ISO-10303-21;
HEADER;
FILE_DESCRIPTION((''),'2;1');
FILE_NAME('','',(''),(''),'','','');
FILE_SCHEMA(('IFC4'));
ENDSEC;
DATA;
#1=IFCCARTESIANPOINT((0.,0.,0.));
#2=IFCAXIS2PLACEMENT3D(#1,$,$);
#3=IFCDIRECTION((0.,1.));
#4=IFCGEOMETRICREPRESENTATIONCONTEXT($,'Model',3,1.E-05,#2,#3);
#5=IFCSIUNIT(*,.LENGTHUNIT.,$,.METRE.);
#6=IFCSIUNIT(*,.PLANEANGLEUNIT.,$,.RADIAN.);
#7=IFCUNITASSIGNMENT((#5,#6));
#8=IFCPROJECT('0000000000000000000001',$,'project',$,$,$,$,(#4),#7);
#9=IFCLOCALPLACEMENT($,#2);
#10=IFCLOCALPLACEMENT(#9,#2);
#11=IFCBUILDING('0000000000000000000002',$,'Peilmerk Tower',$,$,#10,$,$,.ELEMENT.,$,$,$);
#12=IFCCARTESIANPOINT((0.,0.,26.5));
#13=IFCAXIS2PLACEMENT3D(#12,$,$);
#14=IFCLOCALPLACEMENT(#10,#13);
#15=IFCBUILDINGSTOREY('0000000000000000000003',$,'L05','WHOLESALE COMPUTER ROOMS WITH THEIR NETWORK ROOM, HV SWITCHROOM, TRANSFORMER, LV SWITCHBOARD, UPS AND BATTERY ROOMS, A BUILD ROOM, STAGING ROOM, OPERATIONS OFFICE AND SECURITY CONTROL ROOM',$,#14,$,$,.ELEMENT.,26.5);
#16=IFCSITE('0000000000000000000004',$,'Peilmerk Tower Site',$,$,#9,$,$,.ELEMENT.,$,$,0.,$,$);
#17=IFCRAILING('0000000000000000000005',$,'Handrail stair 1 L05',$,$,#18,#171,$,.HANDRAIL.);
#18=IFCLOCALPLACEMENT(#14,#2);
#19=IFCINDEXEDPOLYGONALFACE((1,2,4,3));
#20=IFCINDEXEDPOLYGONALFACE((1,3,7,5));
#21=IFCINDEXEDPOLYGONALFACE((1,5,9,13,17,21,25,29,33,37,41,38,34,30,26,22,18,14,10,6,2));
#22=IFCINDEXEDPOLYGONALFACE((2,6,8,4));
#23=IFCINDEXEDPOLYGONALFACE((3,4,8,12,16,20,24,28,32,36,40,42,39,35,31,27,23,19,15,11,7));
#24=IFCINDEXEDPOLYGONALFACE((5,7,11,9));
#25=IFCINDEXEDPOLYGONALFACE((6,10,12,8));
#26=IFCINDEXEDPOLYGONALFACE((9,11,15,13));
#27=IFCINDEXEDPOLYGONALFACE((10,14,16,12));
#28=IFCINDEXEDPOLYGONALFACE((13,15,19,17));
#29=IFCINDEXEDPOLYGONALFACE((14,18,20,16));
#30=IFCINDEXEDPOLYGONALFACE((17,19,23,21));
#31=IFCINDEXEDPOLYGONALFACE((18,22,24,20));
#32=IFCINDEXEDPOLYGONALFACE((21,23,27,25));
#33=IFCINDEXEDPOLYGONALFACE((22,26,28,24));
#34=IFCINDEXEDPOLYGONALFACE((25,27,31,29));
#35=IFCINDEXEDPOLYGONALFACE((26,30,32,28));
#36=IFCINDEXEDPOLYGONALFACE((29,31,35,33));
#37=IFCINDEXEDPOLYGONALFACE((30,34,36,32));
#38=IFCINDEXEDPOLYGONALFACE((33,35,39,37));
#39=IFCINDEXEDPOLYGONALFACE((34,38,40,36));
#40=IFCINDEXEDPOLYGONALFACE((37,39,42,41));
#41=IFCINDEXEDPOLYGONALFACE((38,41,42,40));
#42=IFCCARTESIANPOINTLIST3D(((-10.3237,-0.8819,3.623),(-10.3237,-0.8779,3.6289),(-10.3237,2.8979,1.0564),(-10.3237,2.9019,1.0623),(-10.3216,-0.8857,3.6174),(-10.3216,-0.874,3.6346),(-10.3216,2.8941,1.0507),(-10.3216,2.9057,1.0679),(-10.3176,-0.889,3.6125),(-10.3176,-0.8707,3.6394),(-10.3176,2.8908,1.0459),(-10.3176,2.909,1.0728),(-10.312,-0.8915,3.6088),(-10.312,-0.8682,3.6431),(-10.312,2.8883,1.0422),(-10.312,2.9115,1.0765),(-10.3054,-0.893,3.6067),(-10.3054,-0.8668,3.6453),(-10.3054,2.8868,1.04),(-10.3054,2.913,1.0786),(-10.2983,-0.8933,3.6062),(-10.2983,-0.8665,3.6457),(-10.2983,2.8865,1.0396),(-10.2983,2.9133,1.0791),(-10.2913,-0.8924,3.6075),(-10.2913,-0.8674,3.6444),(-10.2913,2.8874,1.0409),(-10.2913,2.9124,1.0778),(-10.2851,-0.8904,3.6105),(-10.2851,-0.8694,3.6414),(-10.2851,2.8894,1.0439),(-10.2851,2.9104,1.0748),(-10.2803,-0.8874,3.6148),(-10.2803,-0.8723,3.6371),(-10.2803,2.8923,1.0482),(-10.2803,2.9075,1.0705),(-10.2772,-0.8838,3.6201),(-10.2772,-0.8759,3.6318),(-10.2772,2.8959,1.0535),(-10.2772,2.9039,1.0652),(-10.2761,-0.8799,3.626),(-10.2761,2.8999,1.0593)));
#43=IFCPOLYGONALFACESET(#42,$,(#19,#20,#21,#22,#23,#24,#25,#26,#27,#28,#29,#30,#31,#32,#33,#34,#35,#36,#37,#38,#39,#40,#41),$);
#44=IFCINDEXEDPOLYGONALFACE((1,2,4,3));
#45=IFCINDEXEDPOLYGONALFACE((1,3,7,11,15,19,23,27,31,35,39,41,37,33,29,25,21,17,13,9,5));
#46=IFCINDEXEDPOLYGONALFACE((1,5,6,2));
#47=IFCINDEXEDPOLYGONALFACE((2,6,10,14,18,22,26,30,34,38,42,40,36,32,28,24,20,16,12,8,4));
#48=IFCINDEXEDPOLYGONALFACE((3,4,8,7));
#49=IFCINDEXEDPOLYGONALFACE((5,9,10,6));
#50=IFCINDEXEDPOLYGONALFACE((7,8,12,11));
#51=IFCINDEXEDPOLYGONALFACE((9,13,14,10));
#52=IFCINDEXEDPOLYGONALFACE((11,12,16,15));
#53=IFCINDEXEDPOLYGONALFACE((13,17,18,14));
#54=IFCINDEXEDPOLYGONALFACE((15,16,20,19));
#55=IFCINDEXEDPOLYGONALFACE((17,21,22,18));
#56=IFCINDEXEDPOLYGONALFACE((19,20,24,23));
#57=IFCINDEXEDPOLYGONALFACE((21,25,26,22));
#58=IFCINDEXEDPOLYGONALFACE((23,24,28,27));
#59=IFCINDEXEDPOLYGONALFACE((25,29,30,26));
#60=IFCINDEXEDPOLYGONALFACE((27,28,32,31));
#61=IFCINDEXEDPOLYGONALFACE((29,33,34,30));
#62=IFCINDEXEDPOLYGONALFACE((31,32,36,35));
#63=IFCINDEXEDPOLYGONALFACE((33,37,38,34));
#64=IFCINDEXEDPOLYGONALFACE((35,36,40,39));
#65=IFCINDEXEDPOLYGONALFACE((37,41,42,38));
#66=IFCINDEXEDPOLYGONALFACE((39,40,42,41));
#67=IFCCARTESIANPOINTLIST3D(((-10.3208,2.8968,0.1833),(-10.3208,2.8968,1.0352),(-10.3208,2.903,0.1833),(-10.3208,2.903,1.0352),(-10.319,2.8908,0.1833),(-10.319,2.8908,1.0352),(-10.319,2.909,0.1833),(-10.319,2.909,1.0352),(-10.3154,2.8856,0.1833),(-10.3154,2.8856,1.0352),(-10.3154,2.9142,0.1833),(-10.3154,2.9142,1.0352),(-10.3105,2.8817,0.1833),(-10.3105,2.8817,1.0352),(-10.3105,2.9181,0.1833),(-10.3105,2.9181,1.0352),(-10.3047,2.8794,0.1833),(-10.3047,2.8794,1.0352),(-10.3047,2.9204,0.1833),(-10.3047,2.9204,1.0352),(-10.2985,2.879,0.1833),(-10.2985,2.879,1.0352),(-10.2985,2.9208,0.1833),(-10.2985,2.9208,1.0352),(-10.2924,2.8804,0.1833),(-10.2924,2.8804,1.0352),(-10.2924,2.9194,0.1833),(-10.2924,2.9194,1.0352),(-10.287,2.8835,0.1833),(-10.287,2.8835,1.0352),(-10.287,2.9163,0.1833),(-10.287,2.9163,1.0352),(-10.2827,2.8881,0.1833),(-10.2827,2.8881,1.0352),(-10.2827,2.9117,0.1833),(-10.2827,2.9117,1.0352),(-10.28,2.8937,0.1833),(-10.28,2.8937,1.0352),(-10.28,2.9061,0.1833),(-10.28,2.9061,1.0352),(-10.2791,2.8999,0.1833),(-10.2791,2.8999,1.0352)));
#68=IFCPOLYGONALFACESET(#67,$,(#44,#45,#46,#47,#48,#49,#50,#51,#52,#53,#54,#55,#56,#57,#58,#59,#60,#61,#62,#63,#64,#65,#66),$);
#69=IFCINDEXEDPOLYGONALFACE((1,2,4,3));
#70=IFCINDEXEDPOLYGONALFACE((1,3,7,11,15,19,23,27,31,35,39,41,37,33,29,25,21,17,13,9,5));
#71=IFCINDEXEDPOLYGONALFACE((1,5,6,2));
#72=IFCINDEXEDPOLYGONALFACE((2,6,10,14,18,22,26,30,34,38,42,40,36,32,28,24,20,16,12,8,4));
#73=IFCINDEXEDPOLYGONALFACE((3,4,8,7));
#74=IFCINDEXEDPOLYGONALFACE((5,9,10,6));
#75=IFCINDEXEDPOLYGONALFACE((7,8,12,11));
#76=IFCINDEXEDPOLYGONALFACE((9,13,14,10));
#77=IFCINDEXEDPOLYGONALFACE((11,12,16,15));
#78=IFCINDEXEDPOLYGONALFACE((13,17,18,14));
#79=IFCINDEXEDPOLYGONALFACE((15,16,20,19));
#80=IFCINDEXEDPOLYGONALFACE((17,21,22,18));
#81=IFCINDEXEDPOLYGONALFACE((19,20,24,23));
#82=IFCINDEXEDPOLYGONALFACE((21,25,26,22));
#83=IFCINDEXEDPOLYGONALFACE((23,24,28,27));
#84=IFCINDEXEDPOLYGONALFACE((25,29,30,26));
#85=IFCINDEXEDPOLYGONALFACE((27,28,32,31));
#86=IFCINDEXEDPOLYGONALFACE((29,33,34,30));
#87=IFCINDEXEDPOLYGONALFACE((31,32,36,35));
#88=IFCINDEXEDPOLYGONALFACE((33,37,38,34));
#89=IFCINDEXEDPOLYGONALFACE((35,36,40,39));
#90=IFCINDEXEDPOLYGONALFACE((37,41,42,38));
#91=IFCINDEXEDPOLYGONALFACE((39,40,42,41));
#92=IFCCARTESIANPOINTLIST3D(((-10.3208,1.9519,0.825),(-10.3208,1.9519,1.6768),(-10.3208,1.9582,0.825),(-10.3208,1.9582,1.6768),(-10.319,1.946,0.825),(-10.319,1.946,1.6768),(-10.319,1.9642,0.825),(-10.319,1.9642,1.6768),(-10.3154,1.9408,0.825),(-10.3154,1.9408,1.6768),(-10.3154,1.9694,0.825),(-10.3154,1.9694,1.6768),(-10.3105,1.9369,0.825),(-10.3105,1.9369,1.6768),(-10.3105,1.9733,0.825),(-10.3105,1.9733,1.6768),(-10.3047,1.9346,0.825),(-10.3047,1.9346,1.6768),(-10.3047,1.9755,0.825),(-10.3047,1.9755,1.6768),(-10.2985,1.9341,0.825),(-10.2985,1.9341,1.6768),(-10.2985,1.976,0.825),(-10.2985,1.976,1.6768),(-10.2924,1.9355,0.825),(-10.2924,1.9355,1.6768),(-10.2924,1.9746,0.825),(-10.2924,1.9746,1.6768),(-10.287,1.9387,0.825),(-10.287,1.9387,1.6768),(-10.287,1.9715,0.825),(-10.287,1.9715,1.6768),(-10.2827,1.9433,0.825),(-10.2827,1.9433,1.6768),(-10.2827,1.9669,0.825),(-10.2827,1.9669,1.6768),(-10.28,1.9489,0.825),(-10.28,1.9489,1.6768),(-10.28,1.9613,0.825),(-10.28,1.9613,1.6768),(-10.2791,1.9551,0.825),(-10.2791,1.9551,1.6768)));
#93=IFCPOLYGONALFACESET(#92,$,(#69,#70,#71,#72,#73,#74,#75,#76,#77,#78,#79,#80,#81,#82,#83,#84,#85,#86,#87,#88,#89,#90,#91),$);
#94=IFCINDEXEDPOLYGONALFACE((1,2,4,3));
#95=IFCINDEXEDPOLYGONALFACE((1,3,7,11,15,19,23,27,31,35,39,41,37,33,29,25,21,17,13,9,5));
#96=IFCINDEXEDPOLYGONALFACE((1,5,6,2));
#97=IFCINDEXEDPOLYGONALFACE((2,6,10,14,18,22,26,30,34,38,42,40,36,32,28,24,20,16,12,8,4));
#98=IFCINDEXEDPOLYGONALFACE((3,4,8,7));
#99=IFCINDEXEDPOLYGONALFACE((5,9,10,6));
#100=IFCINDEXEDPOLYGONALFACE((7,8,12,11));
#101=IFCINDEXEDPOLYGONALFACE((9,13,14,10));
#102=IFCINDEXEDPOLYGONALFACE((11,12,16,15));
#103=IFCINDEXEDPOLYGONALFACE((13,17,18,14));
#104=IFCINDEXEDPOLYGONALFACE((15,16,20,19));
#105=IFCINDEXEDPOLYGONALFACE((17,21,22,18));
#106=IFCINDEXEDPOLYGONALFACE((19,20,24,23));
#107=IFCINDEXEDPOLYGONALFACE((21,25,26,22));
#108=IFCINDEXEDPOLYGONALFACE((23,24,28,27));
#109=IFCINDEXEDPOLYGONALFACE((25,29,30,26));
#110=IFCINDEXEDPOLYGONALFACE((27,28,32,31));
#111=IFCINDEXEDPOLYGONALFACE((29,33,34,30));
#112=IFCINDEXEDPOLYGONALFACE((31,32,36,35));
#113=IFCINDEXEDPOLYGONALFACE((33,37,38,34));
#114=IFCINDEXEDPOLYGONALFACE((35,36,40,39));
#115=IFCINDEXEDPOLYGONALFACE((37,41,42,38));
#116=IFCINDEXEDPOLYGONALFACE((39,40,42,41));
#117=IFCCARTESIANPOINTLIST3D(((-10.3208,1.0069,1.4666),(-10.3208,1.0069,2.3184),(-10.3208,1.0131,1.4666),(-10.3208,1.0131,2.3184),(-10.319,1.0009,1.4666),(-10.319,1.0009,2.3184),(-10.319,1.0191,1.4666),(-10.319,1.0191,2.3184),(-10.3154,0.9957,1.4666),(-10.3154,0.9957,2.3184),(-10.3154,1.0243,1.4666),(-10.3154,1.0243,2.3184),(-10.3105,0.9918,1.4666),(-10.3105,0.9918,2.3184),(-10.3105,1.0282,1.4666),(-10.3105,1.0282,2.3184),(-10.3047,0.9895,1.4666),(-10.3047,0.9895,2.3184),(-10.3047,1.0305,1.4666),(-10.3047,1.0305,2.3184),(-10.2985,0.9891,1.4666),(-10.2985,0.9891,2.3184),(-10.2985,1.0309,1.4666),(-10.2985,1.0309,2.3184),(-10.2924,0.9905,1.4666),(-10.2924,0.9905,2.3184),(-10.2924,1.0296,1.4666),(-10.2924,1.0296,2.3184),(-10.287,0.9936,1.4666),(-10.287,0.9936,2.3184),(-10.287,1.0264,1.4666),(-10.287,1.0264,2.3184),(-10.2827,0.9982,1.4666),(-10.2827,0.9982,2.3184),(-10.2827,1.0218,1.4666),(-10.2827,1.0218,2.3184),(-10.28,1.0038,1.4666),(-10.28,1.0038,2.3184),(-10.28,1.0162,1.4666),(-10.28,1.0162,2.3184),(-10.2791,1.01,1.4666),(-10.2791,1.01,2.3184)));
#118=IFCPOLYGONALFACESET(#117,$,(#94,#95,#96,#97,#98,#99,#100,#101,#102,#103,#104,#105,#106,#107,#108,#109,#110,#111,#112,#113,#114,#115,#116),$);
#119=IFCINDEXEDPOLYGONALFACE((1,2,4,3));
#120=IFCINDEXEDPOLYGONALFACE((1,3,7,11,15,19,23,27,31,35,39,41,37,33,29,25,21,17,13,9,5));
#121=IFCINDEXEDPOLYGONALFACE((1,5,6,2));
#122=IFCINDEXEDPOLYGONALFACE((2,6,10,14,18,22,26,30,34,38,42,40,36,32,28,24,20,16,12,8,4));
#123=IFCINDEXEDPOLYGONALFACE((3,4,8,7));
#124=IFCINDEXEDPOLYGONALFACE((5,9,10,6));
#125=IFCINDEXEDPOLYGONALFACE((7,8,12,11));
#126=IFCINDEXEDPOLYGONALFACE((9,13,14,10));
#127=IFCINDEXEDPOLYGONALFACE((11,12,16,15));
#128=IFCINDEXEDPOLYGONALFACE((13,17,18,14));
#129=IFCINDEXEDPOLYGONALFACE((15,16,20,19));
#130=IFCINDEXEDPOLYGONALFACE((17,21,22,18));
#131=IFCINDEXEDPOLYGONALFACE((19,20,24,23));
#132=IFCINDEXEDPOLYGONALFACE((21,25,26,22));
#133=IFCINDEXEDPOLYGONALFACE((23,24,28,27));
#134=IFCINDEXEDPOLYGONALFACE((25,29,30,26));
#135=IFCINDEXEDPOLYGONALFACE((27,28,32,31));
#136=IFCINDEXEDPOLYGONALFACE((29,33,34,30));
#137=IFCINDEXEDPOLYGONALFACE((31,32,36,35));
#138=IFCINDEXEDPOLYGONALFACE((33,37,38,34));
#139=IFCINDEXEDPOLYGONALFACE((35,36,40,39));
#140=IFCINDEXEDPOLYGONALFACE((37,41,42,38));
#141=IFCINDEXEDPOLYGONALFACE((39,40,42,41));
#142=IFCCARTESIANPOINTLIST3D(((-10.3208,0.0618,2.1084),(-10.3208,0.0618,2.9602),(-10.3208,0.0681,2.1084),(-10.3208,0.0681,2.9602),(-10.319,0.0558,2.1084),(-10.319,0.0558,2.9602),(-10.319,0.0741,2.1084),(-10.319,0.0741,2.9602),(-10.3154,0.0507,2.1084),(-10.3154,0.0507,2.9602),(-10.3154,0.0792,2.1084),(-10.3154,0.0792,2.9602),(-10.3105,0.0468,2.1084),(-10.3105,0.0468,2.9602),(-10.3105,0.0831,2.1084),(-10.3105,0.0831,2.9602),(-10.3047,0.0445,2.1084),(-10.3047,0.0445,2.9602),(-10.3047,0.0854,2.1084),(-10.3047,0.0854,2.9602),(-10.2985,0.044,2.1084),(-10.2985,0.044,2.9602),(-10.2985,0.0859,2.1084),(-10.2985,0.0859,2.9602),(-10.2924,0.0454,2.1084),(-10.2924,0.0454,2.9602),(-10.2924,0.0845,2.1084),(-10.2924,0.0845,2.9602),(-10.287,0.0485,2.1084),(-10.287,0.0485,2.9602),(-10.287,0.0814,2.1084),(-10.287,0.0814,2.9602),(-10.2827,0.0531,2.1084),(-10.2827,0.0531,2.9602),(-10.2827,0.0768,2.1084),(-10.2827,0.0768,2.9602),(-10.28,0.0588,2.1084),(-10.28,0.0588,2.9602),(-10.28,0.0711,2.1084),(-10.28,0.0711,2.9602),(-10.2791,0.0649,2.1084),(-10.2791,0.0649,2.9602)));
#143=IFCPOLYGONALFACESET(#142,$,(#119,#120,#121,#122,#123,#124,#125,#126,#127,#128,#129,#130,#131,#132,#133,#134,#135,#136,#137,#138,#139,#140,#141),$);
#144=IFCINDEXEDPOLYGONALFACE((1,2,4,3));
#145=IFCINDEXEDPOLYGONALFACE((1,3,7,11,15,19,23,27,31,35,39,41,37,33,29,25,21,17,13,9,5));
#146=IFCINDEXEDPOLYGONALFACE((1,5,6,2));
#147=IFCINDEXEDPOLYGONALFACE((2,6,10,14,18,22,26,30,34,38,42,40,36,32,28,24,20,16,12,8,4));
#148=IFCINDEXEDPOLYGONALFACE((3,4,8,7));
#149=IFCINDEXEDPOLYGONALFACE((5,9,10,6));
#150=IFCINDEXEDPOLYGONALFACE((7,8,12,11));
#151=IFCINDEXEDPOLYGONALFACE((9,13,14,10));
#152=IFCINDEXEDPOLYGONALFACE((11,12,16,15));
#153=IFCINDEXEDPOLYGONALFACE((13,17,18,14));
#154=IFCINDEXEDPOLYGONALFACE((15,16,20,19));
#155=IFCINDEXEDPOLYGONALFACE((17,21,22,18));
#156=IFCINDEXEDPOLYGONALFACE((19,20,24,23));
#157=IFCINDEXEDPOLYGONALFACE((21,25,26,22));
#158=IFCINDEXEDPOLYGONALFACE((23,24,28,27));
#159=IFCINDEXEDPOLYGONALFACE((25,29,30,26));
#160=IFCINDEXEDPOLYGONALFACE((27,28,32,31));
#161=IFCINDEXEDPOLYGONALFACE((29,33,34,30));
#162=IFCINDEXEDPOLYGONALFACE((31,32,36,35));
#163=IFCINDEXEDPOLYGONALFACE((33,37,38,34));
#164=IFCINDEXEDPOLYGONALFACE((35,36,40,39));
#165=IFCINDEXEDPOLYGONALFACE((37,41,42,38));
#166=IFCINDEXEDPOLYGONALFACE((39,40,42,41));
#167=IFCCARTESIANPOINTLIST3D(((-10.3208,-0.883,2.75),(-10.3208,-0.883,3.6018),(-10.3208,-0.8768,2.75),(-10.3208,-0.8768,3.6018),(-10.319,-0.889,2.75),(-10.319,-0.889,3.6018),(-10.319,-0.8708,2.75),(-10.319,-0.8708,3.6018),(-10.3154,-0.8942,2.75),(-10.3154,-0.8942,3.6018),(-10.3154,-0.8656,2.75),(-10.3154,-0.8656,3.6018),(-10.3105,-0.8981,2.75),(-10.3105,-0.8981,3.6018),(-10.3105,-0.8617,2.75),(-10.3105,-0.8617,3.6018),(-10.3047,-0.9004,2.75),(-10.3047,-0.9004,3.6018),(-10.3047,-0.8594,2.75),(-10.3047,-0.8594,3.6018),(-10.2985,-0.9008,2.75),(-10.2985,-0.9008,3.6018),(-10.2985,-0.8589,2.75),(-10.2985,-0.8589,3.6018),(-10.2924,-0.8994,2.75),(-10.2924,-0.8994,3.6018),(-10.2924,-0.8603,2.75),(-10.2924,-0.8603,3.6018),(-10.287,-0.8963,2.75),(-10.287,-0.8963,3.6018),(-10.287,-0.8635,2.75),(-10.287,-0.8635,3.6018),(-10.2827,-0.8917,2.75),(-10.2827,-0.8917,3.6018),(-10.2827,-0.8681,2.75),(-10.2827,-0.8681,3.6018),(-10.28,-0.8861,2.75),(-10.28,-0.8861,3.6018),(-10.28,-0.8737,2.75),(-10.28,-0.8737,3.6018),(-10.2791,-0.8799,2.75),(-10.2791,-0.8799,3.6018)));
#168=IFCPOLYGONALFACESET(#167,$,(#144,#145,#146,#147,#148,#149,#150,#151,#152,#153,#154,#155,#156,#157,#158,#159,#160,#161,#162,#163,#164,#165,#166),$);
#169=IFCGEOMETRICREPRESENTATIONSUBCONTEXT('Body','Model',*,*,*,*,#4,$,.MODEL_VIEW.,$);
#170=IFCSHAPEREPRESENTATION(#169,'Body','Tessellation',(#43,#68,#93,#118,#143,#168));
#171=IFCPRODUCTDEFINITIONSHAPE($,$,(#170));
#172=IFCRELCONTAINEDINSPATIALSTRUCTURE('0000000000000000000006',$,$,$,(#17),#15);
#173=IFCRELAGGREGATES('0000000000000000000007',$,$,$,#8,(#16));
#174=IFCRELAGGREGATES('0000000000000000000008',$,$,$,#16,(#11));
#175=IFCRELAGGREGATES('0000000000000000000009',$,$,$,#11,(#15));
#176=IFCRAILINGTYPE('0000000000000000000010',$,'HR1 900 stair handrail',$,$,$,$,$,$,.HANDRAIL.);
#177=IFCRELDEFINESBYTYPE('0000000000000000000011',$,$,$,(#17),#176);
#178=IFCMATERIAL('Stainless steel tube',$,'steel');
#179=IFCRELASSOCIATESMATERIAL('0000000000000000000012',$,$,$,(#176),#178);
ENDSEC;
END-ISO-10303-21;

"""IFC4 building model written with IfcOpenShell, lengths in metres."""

from ifc_helpers import new_model, si_unit, direction, frame, origin, origin_2d, place, context, subcontext, project, spatial, circle, extrude, material, type_object, element, save


model = new_model("IFC4")

# Units and contexts
model_context = context("Model", 3, precision=1e-05, world=origin(), true_north=direction((0.0, 1.0)))
body_context = subcontext(model_context, "Body", "Model", "MODEL_VIEW")
ifc_project = project(units=[si_unit("LENGTHUNIT", "METRE"), si_unit("PLANEANGLEUNIT", "RADIAN")], contexts=[model_context])

# Site, building, storey
site_placement = place(None, origin())
site = spatial("IfcSite", under=ifc_project, at=site_placement, Name="Peilmerk Tower Site", CompositionType="ELEMENT", RefElevation=0.0)
building_placement = place(site_placement, origin())
building = spatial("IfcBuilding", under=site, at=building_placement, Name="Peilmerk Tower", CompositionType="ELEMENT")
storey_placement = place(building_placement, frame((0.0, 0.0, 26.5)))
storey = spatial("IfcBuildingStorey", under=building, at=storey_placement, Name="L05", Description="WHOLESALE COMPUTER ROOMS WITH THEIR NETWORK ROOM, HV SWITCHROOM, TRANSFORMER, LV SWITCHBOARD, UPS AND BATTERY ROOMS, A BUILD ROOM, STAGING ROOM, OPERATIONS OFFICE AND SECURITY CONTROL ROOM", CompositionType="ELEMENT", Elevation=26.5)

# Railing
ifc_material_1 = material(Name="Stainless steel tube", Category="steel")
railing_type_1 = type_object("IfcRailingType", Name="HR1 900 stair handrail", PredefinedType="HANDRAIL", material=ifc_material_1)
railing_1_placement = place(storey_placement, frame((-10.3, 2.8999, 0.1833)))
element("IfcRailing", 1, at=railing_1_placement, inside=storey, type_object=railing_type_1, Name="Handrail stair 1 L05", PredefinedType="HANDRAIL", context=body_context, shape_type="SweptSolid", body=[
    extrude(circle(Radius=0.0239, at=origin_2d()), frame((0.0, 0.0, 0.876), z_axis=(0.0, -0.827293, 0.561771), x_axis=(1.0, 0.0, 0.0)), (0.0, 0.0, 1.0), 4.5688),
    extrude(circle(Radius=0.021, at=origin_2d()), origin(), (0.0, 0.0, 1.0), 0.8518),
    extrude(circle(Radius=0.021, at=origin_2d()), frame((0.0, -0.9448, 0.6416)), (0.0, 0.0, 1.0), 0.8518),
    extrude(circle(Radius=0.021, at=origin_2d()), frame((0.0, -1.8899, 1.2832)), (0.0, 0.0, 1.0), 0.8518),
    extrude(circle(Radius=0.021, at=origin_2d()), frame((0.0, -2.835, 1.925)), (0.0, 0.0, 1.0), 0.8518),
    extrude(circle(Radius=0.021, at=origin_2d()), frame((0.0, -3.7798, 2.5667)), (0.0, 0.0, 1.0), 0.8518),
])

save(model, "model.ifc")
